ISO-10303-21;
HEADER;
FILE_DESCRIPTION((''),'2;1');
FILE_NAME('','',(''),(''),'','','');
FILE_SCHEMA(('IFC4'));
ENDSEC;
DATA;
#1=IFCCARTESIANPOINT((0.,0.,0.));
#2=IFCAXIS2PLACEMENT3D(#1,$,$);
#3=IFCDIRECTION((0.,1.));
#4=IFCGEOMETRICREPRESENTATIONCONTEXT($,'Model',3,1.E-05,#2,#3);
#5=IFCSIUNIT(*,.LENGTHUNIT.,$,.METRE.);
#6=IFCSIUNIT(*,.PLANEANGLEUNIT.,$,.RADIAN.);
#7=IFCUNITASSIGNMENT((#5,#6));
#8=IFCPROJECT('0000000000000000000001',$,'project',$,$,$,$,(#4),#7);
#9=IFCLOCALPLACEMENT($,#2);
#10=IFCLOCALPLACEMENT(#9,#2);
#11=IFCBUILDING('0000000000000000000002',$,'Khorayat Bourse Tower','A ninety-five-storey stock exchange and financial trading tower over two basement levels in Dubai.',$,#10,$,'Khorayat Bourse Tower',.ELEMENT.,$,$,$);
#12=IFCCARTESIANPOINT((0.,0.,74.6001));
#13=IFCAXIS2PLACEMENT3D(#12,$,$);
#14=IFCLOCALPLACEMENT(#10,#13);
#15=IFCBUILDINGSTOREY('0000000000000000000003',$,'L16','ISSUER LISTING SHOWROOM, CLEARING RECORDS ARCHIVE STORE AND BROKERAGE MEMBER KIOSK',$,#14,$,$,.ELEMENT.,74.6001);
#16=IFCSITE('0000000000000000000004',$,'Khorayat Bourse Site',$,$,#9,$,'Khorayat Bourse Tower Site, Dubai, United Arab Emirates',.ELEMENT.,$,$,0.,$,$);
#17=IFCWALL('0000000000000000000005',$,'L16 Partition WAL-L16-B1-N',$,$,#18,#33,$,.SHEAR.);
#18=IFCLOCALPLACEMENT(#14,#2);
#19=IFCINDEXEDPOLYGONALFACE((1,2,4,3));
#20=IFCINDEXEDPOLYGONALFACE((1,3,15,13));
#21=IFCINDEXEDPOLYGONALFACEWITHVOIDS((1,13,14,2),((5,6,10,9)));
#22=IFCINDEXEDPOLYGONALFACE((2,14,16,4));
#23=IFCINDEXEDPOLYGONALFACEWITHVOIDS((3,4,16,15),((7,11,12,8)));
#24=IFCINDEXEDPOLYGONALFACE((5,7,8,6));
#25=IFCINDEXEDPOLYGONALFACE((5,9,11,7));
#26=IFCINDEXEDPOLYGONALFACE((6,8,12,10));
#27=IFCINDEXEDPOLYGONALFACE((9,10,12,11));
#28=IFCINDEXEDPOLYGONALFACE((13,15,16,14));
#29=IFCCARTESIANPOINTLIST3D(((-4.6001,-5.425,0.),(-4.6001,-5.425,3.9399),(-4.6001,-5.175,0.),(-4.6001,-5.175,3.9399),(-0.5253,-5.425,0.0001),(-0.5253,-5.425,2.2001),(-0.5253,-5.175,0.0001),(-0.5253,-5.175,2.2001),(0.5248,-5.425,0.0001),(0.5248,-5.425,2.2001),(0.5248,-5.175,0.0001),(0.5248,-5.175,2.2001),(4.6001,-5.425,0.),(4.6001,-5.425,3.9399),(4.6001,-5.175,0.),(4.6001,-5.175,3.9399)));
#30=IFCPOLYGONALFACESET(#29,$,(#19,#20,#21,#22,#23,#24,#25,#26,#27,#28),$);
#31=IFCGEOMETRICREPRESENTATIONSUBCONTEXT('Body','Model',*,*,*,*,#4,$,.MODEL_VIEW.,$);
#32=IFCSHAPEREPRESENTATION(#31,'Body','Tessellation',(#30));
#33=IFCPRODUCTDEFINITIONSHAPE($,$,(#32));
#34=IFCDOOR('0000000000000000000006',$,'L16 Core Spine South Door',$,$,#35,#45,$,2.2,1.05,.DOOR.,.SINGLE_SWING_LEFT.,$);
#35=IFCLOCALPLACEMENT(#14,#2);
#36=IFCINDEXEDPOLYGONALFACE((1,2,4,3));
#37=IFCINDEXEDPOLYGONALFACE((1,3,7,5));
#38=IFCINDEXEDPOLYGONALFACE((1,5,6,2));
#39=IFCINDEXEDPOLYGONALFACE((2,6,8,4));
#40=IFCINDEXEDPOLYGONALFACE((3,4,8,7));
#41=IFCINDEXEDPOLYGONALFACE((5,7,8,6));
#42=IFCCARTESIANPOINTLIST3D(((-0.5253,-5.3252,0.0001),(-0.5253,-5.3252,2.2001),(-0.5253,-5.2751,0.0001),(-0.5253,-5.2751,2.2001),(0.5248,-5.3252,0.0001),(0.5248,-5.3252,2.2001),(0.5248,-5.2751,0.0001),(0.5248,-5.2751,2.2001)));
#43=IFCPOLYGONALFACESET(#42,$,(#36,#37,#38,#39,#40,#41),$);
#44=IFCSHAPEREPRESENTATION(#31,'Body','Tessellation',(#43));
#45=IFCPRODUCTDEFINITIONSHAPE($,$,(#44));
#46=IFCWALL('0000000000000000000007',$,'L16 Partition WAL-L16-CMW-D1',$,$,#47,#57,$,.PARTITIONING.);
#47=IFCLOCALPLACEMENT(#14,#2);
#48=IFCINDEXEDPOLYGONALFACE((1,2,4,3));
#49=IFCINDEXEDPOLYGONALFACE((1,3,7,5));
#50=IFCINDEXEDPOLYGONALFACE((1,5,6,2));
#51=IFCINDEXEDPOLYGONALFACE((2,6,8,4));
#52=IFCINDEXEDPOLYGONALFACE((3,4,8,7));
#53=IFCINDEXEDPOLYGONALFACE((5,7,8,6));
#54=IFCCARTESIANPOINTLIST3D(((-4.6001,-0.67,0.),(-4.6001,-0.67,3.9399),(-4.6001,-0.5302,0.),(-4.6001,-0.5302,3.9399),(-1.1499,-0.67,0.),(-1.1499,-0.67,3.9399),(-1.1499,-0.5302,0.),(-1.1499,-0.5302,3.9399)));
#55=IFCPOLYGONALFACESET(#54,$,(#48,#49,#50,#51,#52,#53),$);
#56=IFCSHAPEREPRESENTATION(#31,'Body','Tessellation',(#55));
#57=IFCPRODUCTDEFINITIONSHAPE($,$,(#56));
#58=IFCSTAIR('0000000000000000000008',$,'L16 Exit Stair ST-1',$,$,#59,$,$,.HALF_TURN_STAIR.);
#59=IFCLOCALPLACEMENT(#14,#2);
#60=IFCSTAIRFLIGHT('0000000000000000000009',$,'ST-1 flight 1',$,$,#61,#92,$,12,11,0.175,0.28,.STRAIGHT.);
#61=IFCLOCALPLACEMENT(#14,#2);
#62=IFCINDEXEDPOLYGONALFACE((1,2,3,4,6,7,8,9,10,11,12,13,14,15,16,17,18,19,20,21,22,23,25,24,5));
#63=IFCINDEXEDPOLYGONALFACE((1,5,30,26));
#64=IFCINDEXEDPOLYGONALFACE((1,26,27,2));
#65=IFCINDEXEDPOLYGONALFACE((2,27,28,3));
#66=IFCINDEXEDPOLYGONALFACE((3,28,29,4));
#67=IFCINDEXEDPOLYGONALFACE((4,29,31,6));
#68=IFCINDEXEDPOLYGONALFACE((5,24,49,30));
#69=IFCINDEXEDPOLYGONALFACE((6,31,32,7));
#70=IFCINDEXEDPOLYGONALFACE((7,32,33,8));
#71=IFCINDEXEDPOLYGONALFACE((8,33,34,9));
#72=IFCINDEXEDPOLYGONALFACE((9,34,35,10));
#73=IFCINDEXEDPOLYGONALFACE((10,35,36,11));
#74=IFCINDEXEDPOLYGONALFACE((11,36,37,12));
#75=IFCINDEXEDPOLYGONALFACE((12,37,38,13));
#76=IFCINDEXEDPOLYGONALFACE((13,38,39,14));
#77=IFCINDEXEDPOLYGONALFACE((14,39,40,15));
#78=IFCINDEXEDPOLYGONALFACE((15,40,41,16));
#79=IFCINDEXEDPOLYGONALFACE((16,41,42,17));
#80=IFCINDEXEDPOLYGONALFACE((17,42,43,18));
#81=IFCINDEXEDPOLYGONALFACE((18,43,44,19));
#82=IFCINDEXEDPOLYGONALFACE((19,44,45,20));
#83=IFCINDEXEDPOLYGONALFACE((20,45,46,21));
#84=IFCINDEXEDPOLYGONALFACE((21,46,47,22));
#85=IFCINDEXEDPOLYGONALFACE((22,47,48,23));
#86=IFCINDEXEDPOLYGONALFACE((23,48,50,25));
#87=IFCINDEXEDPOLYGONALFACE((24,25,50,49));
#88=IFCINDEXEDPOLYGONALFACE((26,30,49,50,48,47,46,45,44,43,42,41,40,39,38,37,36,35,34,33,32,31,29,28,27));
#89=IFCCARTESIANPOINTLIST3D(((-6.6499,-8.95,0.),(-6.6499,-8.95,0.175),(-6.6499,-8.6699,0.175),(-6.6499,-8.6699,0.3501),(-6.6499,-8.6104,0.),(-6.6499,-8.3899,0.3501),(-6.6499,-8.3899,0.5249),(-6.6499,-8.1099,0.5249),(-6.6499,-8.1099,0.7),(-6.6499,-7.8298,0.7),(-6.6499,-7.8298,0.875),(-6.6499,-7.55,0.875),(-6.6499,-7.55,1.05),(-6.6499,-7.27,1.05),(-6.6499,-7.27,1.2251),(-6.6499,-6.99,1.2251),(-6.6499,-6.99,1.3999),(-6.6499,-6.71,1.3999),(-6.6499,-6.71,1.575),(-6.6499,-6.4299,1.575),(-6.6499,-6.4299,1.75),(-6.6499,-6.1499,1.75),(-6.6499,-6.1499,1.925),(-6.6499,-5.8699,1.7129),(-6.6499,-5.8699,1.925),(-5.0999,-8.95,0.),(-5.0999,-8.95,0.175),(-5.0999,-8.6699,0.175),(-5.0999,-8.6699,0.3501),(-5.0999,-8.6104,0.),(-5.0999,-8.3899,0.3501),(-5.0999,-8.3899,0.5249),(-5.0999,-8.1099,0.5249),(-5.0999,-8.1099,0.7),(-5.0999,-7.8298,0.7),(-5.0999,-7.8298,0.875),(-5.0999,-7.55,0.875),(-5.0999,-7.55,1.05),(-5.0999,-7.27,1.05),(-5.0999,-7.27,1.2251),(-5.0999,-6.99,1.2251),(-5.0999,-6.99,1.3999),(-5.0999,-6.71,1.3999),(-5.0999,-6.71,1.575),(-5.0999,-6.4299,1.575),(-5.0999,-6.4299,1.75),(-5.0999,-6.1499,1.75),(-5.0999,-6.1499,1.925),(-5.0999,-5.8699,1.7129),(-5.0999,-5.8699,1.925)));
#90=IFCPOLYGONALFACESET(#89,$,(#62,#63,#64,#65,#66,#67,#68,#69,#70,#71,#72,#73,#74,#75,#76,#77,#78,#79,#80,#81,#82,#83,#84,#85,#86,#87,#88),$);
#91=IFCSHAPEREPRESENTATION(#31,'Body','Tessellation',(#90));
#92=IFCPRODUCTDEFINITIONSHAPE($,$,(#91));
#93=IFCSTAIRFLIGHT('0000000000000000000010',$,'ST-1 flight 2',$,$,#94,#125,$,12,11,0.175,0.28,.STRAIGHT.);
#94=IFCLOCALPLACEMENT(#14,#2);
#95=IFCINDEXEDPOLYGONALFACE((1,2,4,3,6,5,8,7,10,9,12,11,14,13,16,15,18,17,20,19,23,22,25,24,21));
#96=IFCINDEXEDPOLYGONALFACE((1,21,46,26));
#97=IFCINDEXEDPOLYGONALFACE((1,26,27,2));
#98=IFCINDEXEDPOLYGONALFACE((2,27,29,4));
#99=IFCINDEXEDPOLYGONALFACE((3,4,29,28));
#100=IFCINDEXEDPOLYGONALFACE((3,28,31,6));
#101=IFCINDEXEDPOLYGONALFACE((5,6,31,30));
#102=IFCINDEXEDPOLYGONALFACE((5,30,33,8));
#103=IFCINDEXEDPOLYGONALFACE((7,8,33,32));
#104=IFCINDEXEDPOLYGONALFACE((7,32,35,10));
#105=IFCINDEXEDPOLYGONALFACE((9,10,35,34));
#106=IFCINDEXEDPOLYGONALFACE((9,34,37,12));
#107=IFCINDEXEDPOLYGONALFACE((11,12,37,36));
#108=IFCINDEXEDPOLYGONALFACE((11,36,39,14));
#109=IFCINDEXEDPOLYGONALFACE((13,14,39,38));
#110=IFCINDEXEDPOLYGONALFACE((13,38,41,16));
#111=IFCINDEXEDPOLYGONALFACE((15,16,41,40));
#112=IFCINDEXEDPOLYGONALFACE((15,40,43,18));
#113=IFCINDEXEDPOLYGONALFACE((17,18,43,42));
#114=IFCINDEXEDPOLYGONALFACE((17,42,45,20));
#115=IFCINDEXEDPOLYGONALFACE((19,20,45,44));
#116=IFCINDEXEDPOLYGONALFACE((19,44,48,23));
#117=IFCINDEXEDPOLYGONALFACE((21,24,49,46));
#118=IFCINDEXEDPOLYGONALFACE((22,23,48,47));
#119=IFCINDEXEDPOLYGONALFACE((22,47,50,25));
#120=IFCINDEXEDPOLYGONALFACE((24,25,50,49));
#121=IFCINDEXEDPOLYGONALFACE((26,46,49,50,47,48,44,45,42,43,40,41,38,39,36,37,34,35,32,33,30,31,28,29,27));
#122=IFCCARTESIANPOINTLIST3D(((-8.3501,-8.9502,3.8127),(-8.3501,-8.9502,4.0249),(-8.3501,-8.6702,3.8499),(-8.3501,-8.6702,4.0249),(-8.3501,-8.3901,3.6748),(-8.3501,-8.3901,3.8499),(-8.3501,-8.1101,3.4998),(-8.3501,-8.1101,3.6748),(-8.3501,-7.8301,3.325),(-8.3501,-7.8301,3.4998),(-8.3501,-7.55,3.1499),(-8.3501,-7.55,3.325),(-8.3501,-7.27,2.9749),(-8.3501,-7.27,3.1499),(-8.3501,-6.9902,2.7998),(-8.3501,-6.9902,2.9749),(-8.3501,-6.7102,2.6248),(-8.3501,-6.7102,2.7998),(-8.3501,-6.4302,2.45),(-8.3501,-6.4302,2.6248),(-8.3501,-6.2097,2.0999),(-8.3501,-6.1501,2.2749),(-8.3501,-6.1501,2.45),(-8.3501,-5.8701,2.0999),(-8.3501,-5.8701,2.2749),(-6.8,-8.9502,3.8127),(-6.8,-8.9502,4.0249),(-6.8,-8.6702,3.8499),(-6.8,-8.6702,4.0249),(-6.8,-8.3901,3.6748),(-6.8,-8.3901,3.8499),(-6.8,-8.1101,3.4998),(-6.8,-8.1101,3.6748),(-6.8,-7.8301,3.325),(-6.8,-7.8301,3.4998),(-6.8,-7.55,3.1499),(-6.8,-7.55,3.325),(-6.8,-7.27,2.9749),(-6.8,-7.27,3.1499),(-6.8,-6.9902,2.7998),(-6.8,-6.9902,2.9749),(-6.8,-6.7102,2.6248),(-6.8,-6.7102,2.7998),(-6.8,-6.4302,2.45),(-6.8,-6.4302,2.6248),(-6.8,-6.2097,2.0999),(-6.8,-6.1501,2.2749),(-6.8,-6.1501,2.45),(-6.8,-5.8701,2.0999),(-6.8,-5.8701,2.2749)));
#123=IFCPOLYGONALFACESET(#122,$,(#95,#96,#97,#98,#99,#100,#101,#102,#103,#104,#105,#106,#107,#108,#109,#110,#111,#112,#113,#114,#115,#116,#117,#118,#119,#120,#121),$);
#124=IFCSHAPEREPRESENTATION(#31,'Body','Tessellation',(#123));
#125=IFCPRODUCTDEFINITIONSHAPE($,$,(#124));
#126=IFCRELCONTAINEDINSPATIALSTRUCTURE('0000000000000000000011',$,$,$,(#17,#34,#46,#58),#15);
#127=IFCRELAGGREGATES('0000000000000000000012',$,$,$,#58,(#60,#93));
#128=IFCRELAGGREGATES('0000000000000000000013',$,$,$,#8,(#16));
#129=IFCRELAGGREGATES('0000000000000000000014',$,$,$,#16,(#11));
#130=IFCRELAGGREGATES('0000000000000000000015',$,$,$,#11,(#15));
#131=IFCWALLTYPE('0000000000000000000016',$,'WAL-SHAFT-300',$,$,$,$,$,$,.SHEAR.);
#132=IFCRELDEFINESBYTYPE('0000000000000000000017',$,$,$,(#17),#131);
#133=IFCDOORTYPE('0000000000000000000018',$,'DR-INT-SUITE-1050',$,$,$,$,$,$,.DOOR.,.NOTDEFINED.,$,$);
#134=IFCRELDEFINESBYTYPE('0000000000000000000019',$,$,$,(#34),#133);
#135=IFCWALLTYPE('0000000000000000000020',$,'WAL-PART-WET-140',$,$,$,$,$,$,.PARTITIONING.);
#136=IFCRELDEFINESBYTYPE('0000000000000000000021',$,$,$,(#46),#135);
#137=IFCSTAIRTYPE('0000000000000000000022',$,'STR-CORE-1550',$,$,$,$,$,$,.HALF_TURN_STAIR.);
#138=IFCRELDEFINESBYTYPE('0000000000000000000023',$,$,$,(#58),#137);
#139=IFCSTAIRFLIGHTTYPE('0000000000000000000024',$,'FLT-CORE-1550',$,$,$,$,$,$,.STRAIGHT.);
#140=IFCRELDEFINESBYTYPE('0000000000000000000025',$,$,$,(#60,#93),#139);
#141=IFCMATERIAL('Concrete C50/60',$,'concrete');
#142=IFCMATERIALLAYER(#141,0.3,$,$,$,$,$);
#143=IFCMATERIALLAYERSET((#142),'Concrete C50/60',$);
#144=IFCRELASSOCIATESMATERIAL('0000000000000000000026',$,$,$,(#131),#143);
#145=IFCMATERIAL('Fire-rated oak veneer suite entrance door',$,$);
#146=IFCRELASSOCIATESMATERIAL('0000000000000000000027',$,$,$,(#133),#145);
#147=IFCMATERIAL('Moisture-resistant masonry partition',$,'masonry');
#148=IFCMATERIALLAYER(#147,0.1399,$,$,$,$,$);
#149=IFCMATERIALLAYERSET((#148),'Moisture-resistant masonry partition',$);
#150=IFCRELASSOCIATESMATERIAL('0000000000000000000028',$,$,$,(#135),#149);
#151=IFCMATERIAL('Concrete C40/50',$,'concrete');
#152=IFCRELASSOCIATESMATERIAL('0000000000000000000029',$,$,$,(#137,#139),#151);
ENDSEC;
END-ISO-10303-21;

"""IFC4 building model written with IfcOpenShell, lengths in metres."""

from ifc_helpers import new_model, si_unit, direction, frame, frame_2d, origin, place, context, subcontext, project, spatial, polyline, rectangle, outline, extrude, source, transform, mapped, material, layer, layer_set, type_object, element, fill, aggregate, save


model = new_model("IFC4")

# Units and contexts
model_context = context("Model", 3, precision=1e-05, world=origin(), true_north=direction((0.0, 1.0)))
body_context = subcontext(model_context, "Body", "Model", "MODEL_VIEW")
ifc_project = project(units=[si_unit("LENGTHUNIT", "METRE"), si_unit("PLANEANGLEUNIT", "RADIAN")], contexts=[model_context])

# Site, building, storey
site_placement = place(None, origin())
site = spatial("IfcSite", under=ifc_project, at=site_placement, Name="Khorayat Bourse Site", LongName="Khorayat Bourse Tower Site, Dubai, United Arab Emirates", CompositionType="ELEMENT", RefElevation=0.0)
building_placement = place(site_placement, origin())
building = spatial("IfcBuilding", under=site, at=building_placement, Name="Khorayat Bourse Tower", Description="A ninety-five-storey stock exchange and financial trading tower over two basement levels in Dubai.", LongName="Khorayat Bourse Tower", CompositionType="ELEMENT")
storey_placement = place(building_placement, frame((0.0, 0.0, 74.6001)))
storey = spatial("IfcBuildingStorey", under=building, at=storey_placement, Name="L16", Description="ISSUER LISTING SHOWROOM, CLEARING RECORDS ARCHIVE STORE AND BROKERAGE MEMBER KIOSK", CompositionType="ELEMENT", Elevation=74.6001)

# Shared definitions
ifc_material_1 = material(Name="Concrete C50/60", Category="concrete")
ifc_layer_1 = layer(ifc_material_1, 0.3)
ifc_layer_set_1 = layer_set([ifc_layer_1], Name="Concrete C50/60")
wall_type_1 = type_object("IfcWallType", Name="WAL-SHAFT-300", PredefinedType="SHEAR", material=ifc_layer_set_1)

# Wall, opening, door
shared_shape_1 = source(origin(), body_context, "Body", "SweptSolid", [
    extrude(rectangle(XDim=9.2002, YDim=0.25, at=frame_2d((4.6001, 0.0))), origin(), (0.0, 0.0, 1.0), 3.9399),
])
wall_1_placement = place(storey_placement, frame((-4.6001, -5.3, 0.0), z_axis=(0.0, 0.0, 1.0), x_axis=(1.0, 0.0, 0.0)))
wall_1 = element("IfcWall", 1, at=wall_1_placement, inside=storey, type_object=wall_type_1, Name="L16 Partition WAL-L16-B1-N", PredefinedType="SHEAR", context=body_context, shape_type="MappedRepresentation", body=[
    mapped(shared_shape_1, transform((0.0, 0.0, 0.0), scale=1.0)),
])
shared_shape_2 = source(origin(), body_context, "Body", "SweptSolid", [
    extrude(rectangle(XDim=1.05, YDim=2.2, at=frame_2d((0.5249, 1.1001))), frame((0.0, 0.135, 0.0), z_axis=(0.0, -1.0, 0.0), x_axis=(1.0, 0.0, 0.0)), (0.0, 0.0, 1.0), 0.27),
])
opening_1_placement = place(wall_1_placement, frame((4.075, 0.0, 0.0)))
opening_1 = element("IfcOpeningElement", 2, at=opening_1_placement, cuts=wall_1, PredefinedType="OPENING", context=body_context, shape_type="MappedRepresentation", body=[
    mapped(shared_shape_2, transform((0.0, 0.0, 0.0), scale=1.0)),
])
ifc_material_2 = material(Name="Fire-rated oak veneer suite entrance door")
door_type_1 = type_object("IfcDoorType", Name="DR-INT-SUITE-1050", OperationType="NOTDEFINED", PredefinedType="DOOR", material=ifc_material_2)
shared_shape_3 = source(origin(), body_context, "Body", "SweptSolid", [
    extrude(rectangle(XDim=1.05, YDim=2.2, at=frame_2d((0.5249, 1.1001))), frame((0.0, 0.0249, 0.0), z_axis=(0.0, -1.0, 0.0), x_axis=(1.0, 0.0, 0.0)), (0.0, 0.0, 1.0), 0.05),
])
door_1_placement = place(opening_1_placement, origin())
door_1 = element("IfcDoor", 3, at=door_1_placement, inside=storey, type_object=door_type_1, Name="L16 Core Spine South Door", OperationType="SINGLE_SWING_LEFT", OverallHeight=2.2, OverallWidth=1.05, PredefinedType="DOOR", context=body_context, shape_type="MappedRepresentation", body=[
    mapped(shared_shape_3, transform((0.0, 0.0, 0.0), scale=1.0)),
])
fill(opening_1, door_1)

# Wall
ifc_material_3 = material(Name="Moisture-resistant masonry partition", Category="masonry")
ifc_layer_2 = layer(ifc_material_3, 0.1399)
ifc_layer_set_2 = layer_set([ifc_layer_2], Name="Moisture-resistant masonry partition")
wall_type_2 = type_object("IfcWallType", Name="WAL-PART-WET-140", PredefinedType="PARTITIONING", material=ifc_layer_set_2)
shared_shape_4 = source(origin(), body_context, "Body", "SweptSolid", [
    extrude(rectangle(XDim=3.4502, YDim=0.1399, at=frame_2d((1.7251, 0.0))), origin(), (0.0, 0.0, 1.0), 3.9399),
])
wall_2_placement = place(storey_placement, frame((-4.6001, -0.6001, 0.0), z_axis=(0.0, 0.0, 1.0), x_axis=(1.0, 0.0, 0.0)))
element("IfcWall", 4, at=wall_2_placement, inside=storey, type_object=wall_type_2, Name="L16 Partition WAL-L16-CMW-D1", PredefinedType="PARTITIONING", context=body_context, shape_type="MappedRepresentation", body=[
    mapped(shared_shape_4, transform((0.0, 0.0, 0.0), scale=1.0)),
])

# Stair, stair flights
ifc_material_4 = material(Name="Concrete C40/50", Category="concrete")
stair_type = type_object("IfcStairType", Name="STR-CORE-1550", PredefinedType="HALF_TURN_STAIR", material=ifc_material_4)
stair_placement = place(storey_placement, origin())
stair = element("IfcStair", 5, at=stair_placement, inside=storey, type_object=stair_type, Name="L16 Exit Stair ST-1", PredefinedType="HALF_TURN_STAIR")
stair_flight_type = type_object("IfcStairFlightType", Name="FLT-CORE-1550", PredefinedType="STRAIGHT", material=ifc_material_4)
shared_shape_5 = source(origin(), body_context, "Body", "SweptSolid", [
    extrude(outline(polyline([(0.0, 0.0), (0.0, 0.175), (0.28, 0.175), (0.28, 0.3501), (0.5601, 0.3501), (0.5601, 0.5249), (0.8401, 0.5249), (0.8401, 0.7), (1.1201, 0.7), (1.1201, 0.875), (1.3999, 0.875), (1.3999, 1.05), (1.6799, 1.05), (1.6799, 1.2251), (1.96, 1.2251), (1.96, 1.3999), (2.24, 1.3999), (2.24, 1.575), (2.52, 1.575), (2.52, 1.75), (2.8, 1.75), (2.8, 1.925), (3.0801, 1.925), (3.0801, 2.1001), (3.0801, 1.7129), (0.3396, 0.0), (0.0, 0.0)])), frame((0.0, 0.7749, 0.0), z_axis=(0.0, -1.0, 0.0), x_axis=(1.0, 0.0, 0.0)), (0.0, 0.0, 1.0), 1.55),
])
stair_flight_1_placement = place(storey_placement, frame((-5.875, -8.95, 0.0), z_axis=(0.0, 0.0, 1.0), x_axis=(0.0, 1.0, 0.0)))
stair_flight_1 = element("IfcStairFlight", 6, at=stair_flight_1_placement, type_object=stair_flight_type, Name="ST-1 flight 1", NumberOfRisers=12, NumberOfTreads=11, PredefinedType="STRAIGHT", RiserHeight=0.175, TreadLength=0.28, context=body_context, shape_type="MappedRepresentation", body=[
    mapped(shared_shape_5, transform((0.0, 0.0, 0.0), scale=1.0)),
])
stair_flight_2_placement = place(storey_placement, frame((-7.575, -5.8701, 2.0999), z_axis=(0.0, 0.0, 1.0), x_axis=(0.0, -1.0, 0.0)))
stair_flight_2 = element("IfcStairFlight", 7, at=stair_flight_2_placement, type_object=stair_flight_type, Name="ST-1 flight 2", NumberOfRisers=12, NumberOfTreads=11, PredefinedType="STRAIGHT", RiserHeight=0.175, TreadLength=0.28, context=body_context, shape_type="MappedRepresentation", body=[
    mapped(shared_shape_5, transform((0.0, 0.0, 0.0), scale=1.0)),
])
aggregate(stair, [stair_flight_1, stair_flight_2])

save(model, "model.ifc")
